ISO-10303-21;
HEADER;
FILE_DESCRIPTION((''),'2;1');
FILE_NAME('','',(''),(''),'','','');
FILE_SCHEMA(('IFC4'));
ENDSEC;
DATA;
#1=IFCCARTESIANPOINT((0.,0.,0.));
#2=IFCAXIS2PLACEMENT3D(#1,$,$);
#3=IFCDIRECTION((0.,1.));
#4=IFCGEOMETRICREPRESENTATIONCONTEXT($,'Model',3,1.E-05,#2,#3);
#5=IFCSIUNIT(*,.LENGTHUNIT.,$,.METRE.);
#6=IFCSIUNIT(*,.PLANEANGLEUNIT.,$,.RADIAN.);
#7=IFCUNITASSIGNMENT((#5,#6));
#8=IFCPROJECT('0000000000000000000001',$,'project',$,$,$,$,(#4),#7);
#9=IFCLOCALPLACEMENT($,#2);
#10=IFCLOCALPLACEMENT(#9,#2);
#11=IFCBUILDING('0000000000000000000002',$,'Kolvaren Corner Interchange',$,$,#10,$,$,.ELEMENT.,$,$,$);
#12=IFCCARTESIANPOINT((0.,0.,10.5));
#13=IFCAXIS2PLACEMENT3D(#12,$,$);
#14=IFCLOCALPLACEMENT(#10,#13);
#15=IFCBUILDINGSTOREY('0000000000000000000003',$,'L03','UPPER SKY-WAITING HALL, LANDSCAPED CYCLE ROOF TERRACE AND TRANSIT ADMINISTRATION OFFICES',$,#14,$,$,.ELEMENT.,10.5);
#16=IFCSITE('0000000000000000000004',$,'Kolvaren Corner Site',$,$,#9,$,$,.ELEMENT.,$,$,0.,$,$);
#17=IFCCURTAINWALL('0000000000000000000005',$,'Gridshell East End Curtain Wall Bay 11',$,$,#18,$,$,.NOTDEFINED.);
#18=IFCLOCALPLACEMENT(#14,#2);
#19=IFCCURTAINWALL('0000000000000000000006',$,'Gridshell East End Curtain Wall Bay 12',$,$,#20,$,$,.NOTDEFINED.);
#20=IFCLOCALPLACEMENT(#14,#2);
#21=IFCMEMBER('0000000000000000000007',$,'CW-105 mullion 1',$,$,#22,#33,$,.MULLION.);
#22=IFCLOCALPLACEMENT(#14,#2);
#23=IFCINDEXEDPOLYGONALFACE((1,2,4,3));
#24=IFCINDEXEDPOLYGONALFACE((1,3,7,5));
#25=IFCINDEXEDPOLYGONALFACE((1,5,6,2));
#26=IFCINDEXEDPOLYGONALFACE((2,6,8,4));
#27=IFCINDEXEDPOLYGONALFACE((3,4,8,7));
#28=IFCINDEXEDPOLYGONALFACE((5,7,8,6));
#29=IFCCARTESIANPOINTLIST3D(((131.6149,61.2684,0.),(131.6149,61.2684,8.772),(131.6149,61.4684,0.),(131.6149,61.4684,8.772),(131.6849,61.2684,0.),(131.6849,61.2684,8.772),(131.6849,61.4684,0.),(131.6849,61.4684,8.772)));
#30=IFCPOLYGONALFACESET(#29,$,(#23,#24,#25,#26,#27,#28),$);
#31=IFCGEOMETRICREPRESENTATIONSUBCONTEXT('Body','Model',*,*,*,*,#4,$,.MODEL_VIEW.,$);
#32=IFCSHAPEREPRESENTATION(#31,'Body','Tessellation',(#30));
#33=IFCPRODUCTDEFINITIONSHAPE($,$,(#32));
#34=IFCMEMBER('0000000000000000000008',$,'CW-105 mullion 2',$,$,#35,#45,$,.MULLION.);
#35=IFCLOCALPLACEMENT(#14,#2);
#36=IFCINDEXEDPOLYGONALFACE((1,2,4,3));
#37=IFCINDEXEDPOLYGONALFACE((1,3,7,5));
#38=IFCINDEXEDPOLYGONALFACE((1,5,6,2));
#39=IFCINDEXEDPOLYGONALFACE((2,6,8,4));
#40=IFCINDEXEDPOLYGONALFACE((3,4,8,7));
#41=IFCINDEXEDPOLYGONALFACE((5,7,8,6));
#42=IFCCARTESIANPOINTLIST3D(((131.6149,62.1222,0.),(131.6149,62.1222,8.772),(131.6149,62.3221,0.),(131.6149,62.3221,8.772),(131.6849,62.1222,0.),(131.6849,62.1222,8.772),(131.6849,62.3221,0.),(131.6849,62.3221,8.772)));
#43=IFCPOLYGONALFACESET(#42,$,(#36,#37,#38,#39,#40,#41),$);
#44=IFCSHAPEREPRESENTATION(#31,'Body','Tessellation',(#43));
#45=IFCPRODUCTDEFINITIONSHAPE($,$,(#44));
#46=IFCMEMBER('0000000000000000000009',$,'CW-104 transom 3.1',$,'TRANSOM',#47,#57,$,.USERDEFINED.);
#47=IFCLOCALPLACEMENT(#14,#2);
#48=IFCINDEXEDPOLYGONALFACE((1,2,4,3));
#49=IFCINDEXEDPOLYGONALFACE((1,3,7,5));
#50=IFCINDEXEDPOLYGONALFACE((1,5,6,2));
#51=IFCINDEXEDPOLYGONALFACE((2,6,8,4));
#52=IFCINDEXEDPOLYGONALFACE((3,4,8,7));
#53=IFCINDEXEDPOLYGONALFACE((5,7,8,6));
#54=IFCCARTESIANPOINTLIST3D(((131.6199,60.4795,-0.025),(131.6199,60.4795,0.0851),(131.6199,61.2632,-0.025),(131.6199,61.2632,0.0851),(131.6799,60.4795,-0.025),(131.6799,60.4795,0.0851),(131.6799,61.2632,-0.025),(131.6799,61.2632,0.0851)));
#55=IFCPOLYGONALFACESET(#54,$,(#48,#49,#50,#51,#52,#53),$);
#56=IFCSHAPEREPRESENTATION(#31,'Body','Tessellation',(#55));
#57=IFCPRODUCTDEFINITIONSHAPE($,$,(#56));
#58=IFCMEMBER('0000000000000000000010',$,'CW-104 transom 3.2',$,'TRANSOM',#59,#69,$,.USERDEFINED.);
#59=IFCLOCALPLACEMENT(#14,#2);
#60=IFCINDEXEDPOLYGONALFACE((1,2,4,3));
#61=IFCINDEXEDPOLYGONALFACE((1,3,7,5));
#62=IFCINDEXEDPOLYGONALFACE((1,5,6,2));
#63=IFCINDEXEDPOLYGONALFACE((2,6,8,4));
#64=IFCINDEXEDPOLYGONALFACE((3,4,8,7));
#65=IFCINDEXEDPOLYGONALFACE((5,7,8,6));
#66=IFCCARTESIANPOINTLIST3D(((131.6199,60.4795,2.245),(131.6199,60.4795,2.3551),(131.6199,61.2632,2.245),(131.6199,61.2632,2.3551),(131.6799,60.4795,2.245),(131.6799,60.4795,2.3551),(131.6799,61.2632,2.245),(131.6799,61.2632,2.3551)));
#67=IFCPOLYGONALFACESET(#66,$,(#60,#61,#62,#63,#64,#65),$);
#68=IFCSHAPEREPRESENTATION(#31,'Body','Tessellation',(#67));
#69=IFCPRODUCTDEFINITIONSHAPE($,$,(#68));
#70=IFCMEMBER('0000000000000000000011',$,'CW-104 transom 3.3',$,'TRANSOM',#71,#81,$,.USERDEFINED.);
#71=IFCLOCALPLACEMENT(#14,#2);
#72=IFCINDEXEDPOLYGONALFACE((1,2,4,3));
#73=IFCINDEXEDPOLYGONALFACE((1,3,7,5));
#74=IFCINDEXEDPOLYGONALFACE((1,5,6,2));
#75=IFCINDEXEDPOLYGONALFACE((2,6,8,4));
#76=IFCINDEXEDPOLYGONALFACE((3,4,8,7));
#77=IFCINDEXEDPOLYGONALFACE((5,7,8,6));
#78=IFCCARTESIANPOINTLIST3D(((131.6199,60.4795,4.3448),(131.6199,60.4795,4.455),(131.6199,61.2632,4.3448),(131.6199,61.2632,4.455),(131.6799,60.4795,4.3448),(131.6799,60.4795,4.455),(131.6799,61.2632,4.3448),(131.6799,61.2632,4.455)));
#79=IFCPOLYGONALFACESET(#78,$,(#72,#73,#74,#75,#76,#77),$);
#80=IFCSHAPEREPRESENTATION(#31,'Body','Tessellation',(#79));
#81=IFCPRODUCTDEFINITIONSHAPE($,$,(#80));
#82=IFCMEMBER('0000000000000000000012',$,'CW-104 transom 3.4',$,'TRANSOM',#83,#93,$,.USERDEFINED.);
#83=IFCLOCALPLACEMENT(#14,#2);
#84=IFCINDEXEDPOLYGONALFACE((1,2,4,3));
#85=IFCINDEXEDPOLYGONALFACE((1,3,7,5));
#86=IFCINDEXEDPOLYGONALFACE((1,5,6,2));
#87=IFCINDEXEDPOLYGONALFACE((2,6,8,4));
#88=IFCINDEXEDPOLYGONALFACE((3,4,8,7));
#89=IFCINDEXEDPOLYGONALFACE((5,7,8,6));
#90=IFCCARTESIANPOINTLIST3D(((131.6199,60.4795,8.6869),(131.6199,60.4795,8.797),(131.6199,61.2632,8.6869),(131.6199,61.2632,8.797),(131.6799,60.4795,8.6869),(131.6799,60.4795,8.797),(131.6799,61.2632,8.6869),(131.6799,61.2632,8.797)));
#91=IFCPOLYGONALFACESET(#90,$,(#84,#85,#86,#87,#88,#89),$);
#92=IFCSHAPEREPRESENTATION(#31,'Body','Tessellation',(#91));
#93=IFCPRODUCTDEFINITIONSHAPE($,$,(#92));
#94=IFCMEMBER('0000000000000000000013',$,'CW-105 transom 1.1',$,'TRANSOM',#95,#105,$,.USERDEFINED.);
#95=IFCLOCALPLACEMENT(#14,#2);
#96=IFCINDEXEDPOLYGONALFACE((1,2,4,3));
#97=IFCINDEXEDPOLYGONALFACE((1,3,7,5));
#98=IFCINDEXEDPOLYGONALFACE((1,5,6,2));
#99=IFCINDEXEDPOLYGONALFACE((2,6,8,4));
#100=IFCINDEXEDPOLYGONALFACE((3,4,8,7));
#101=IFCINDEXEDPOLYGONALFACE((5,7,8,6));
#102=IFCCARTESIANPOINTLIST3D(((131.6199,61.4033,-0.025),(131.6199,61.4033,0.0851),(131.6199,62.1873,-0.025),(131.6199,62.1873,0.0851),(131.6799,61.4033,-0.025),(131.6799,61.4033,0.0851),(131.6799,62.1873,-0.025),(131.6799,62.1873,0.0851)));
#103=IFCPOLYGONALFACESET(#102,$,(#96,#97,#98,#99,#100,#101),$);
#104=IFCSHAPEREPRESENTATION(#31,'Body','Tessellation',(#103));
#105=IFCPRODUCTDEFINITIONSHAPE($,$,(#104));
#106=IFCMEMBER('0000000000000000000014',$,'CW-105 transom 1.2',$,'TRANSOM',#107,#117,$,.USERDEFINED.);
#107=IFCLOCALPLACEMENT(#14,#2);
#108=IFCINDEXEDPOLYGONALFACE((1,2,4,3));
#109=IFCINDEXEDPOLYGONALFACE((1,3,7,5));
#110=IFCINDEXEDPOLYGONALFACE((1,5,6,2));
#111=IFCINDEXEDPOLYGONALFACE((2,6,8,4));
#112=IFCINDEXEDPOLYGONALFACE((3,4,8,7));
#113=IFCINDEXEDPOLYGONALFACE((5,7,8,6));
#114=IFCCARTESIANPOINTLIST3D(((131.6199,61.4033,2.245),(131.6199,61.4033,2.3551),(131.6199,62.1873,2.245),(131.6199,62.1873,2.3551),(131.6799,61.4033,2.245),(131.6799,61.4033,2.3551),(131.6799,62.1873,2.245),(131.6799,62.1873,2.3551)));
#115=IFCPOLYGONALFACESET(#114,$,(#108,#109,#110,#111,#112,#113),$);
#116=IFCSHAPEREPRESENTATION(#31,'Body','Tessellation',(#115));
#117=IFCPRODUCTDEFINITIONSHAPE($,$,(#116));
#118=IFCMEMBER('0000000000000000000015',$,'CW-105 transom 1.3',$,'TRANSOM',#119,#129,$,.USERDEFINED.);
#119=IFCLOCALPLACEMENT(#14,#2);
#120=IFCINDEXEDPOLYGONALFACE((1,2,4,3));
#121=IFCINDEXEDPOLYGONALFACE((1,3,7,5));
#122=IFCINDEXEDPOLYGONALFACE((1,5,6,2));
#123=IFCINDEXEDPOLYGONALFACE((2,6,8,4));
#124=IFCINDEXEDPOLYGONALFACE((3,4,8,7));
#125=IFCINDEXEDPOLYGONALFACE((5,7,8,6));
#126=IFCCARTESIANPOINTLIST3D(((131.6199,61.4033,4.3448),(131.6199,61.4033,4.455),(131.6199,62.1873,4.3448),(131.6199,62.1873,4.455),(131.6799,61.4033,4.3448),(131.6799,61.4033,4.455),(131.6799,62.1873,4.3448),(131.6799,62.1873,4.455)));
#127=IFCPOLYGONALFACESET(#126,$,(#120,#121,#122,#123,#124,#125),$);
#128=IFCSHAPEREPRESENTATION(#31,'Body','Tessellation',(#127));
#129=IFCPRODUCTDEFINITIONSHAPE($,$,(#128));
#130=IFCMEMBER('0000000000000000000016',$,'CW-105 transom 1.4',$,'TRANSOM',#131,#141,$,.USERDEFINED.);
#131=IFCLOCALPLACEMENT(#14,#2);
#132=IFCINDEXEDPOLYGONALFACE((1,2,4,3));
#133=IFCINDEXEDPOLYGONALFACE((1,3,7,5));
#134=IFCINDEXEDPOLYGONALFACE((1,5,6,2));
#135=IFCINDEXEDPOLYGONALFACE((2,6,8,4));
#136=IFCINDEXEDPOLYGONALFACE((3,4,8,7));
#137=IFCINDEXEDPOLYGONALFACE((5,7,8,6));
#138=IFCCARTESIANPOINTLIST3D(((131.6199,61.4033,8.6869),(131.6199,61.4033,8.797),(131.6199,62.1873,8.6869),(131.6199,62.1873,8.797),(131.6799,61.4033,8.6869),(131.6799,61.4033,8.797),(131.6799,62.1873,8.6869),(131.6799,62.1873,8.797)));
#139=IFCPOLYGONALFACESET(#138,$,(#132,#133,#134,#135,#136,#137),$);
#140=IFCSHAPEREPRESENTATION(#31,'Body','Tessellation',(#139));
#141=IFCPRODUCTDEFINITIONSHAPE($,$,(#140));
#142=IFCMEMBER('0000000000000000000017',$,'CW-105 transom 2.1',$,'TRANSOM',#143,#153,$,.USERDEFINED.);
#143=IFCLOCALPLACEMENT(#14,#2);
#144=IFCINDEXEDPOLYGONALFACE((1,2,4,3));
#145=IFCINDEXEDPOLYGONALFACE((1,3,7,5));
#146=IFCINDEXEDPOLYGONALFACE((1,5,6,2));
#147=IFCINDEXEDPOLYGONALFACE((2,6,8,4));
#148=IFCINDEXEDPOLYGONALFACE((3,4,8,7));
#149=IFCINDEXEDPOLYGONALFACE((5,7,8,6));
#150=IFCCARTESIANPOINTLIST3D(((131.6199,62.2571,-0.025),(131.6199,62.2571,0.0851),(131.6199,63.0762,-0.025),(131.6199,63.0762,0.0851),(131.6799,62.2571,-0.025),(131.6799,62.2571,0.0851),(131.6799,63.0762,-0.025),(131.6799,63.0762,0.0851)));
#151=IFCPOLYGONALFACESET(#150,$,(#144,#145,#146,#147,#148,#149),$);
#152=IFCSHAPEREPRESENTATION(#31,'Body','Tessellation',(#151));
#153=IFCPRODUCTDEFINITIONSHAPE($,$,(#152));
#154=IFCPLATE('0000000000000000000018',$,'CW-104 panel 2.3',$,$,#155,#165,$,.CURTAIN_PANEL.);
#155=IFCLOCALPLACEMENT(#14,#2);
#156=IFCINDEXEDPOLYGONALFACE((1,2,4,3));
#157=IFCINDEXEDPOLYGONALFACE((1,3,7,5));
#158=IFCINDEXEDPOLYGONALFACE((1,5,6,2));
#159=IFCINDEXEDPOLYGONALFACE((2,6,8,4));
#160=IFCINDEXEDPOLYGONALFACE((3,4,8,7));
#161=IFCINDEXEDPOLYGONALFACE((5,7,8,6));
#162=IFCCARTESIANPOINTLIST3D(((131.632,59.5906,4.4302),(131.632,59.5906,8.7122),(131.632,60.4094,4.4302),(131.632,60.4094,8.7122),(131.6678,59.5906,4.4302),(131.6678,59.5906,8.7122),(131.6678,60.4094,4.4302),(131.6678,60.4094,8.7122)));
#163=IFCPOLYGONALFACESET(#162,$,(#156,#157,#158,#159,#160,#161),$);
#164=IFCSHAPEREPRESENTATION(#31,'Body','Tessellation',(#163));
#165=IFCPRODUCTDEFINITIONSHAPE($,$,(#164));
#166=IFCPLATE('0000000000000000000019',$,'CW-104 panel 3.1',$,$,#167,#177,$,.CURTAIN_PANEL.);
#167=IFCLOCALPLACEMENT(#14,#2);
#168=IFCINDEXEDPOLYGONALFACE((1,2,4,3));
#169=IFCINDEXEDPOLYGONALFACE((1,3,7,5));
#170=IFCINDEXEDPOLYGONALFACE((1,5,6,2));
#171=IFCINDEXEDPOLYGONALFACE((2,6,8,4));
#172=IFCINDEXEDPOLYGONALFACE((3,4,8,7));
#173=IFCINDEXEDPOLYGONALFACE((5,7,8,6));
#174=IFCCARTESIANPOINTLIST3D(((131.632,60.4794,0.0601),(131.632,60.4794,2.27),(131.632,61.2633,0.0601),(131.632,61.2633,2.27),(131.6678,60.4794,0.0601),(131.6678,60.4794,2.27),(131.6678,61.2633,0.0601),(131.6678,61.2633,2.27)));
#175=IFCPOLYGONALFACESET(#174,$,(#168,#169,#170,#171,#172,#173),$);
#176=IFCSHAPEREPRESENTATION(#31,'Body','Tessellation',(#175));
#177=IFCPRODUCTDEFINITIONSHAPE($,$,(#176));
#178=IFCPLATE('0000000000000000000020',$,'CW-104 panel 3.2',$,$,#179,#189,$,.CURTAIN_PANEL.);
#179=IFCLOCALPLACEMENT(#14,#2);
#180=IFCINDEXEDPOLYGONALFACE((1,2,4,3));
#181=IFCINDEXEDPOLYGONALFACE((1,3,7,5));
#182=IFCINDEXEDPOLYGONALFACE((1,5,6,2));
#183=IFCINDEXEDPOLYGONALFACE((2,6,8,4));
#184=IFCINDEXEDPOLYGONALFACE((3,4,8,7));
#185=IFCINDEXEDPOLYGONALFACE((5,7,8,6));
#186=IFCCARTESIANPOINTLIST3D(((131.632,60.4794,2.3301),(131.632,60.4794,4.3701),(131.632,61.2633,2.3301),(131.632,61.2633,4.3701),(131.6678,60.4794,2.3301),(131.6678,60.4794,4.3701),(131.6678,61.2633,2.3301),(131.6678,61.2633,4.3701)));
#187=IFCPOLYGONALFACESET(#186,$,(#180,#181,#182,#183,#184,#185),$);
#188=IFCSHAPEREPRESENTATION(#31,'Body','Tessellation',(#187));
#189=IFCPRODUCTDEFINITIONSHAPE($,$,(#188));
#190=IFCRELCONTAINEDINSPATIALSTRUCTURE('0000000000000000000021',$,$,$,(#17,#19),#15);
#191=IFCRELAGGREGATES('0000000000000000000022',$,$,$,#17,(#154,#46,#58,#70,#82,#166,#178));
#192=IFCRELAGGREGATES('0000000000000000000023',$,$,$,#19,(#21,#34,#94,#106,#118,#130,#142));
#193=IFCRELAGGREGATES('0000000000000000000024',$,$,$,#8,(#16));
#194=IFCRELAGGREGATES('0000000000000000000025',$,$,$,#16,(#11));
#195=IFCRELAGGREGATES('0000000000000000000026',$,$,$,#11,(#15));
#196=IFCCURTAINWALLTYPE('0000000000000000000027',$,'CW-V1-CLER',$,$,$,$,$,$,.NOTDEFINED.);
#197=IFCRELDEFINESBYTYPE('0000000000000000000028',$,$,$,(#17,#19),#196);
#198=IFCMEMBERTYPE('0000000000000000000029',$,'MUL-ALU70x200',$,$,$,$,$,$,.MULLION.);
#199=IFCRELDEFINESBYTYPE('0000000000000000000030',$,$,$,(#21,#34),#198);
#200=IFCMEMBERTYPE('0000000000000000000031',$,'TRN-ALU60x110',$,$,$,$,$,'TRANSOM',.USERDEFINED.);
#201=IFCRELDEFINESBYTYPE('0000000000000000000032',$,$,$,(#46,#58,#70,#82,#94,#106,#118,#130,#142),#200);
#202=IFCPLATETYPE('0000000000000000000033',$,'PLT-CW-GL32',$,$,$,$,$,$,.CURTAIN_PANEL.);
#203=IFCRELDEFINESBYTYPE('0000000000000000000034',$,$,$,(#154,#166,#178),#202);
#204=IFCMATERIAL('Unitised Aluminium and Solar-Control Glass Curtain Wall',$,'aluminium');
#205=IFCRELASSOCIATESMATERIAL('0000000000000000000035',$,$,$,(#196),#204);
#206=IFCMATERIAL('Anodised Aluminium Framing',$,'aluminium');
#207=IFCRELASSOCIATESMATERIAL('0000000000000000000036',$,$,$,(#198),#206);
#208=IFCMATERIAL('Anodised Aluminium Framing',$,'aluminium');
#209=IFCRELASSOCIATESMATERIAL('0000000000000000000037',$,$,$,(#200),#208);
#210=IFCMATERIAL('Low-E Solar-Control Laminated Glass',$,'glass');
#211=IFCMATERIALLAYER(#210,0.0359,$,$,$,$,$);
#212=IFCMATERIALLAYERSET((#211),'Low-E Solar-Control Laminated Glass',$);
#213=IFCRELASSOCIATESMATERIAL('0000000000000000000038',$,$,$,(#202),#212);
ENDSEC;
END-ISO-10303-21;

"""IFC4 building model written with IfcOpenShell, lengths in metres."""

from ifc_helpers import new_model, si_unit, direction, frame, origin, origin_2d, place, context, subcontext, project, spatial, rectangle, extrude, material, layer, layer_set, material_profile, profile_set, type_object, element, aggregate, save


model = new_model("IFC4")

# Units and contexts
model_context = context("Model", 3, precision=1e-05, world=origin(), true_north=direction((0.0, 1.0)))
body_context = subcontext(model_context, "Body", "Model", "MODEL_VIEW")
ifc_project = project(units=[si_unit("LENGTHUNIT", "METRE"), si_unit("PLANEANGLEUNIT", "RADIAN")], contexts=[model_context])

# Site, building, storey
site_placement = place(None, origin())
site = spatial("IfcSite", under=ifc_project, at=site_placement, Name="Kolvaren Corner Site", CompositionType="ELEMENT", RefElevation=0.0)
building_placement = place(site_placement, origin())
building = spatial("IfcBuilding", under=site, at=building_placement, Name="Kolvaren Corner Interchange", CompositionType="ELEMENT")
storey_placement = place(building_placement, frame((0.0, 0.0, 10.5)))
storey = spatial("IfcBuildingStorey", under=building, at=storey_placement, Name="L03", Description="UPPER SKY-WAITING HALL, LANDSCAPED CYCLE ROOF TERRACE AND TRANSIT ADMINISTRATION OFFICES", CompositionType="ELEMENT", Elevation=10.5)

# Curtain walls, members
ifc_material_1 = material(Name="Unitised Aluminium and Solar-Control Glass Curtain Wall", Category="aluminium")
curtain_wall_type = type_object("IfcCurtainWallType", Name="CW-V1-CLER", PredefinedType="NOTDEFINED", material=ifc_material_1)
curtain_wall_1_placement = place(storey_placement, origin())
curtain_wall_1 = element("IfcCurtainWall", 1, at=curtain_wall_1_placement, inside=storey, type_object=curtain_wall_type, Name="Gridshell East End Curtain Wall Bay 11", PredefinedType="NOTDEFINED")
ifc_material_2 = material(Name="Anodised Aluminium Framing", Category="aluminium")
ifc_material_profile_1 = material_profile(ifc_material_2, rectangle(XDim=0.0701, YDim=0.2, at=origin_2d()), Name="ALU 70x200")
ifc_profile_set_1 = profile_set([ifc_material_profile_1], Name="Anodised Aluminium Framing")
member_type_1 = type_object("IfcMemberType", Name="MUL-ALU70x200", PredefinedType="MULLION", material=ifc_profile_set_1)
curtain_wall_2_placement = place(storey_placement, origin())
curtain_wall_2 = element("IfcCurtainWall", 2, at=curtain_wall_2_placement, inside=storey, type_object=curtain_wall_type, Name="Gridshell East End Curtain Wall Bay 12", PredefinedType="NOTDEFINED")
member_1_placement = place(storey_placement, frame((131.6499, 61.3684, 0.0), z_axis=(0.0, 0.0, 1.0), x_axis=(-1.0, 0.0, 0.0)))
member_1 = element("IfcMember", 3, at=member_1_placement, type_object=member_type_1, Name="CW-105 mullion 1", PredefinedType="MULLION", context=body_context, shape_type="SweptSolid", body=[
    extrude(rectangle(XDim=0.0701, YDim=0.2, at=origin_2d()), origin(), (0.0, 0.0, 1.0), 8.772),
])
member_2_placement = place(storey_placement, frame((131.6499, 62.2222, 0.0), z_axis=(0.0, 0.0, 1.0), x_axis=(-1.0, 0.0, 0.0)))
member_2 = element("IfcMember", 4, at=member_2_placement, type_object=member_type_1, Name="CW-105 mullion 2", PredefinedType="MULLION", context=body_context, shape_type="SweptSolid", body=[
    extrude(rectangle(XDim=0.0701, YDim=0.2, at=origin_2d()), origin(), (0.0, 0.0, 1.0), 8.772),
])

# Members
ifc_material_3 = material(Name="Anodised Aluminium Framing", Category="aluminium")
ifc_material_profile_2 = material_profile(ifc_material_3, rectangle(XDim=0.0601, YDim=0.1101, at=origin_2d()), Name="ALU 60x110")
ifc_profile_set_2 = profile_set([ifc_material_profile_2], Name="Anodised Aluminium Framing")
member_type_2 = type_object("IfcMemberType", Name="TRN-ALU60x110", ElementType="TRANSOM", PredefinedType="USERDEFINED", material=ifc_profile_set_2)
member_3_placement = place(storey_placement, frame((131.6499, 60.4795, 0.03), z_axis=(0.0, 1.0, 0.0), x_axis=(-1.0, 0.0, 0.0)))
member_3 = element("IfcMember", 5, at=member_3_placement, type_object=member_type_2, Name="CW-104 transom 3.1", ObjectType="TRANSOM", PredefinedType="USERDEFINED", context=body_context, shape_type="SweptSolid", body=[
    extrude(rectangle(XDim=0.0601, YDim=0.1101, at=origin_2d()), origin(), (0.0, 0.0, 1.0), 0.7837),
])
member_4_placement = place(storey_placement, frame((131.6499, 60.4795, 2.3), z_axis=(0.0, 1.0, 0.0), x_axis=(-1.0, 0.0, 0.0)))
member_4 = element("IfcMember", 6, at=member_4_placement, type_object=member_type_2, Name="CW-104 transom 3.2", ObjectType="TRANSOM", PredefinedType="USERDEFINED", context=body_context, shape_type="SweptSolid", body=[
    extrude(rectangle(XDim=0.0601, YDim=0.1101, at=origin_2d()), origin(), (0.0, 0.0, 1.0), 0.7837),
])
member_5_placement = place(storey_placement, frame((131.6499, 60.4795, 4.3999), z_axis=(0.0, 1.0, 0.0), x_axis=(-1.0, 0.0, 0.0)))
member_5 = element("IfcMember", 7, at=member_5_placement, type_object=member_type_2, Name="CW-104 transom 3.3", ObjectType="TRANSOM", PredefinedType="USERDEFINED", context=body_context, shape_type="SweptSolid", body=[
    extrude(rectangle(XDim=0.0601, YDim=0.1101, at=origin_2d()), origin(), (0.0, 0.0, 1.0), 0.7837),
])
member_6_placement = place(storey_placement, frame((131.6499, 60.4795, 8.7419), z_axis=(0.0, 1.0, 0.0), x_axis=(-1.0, 0.0, 0.0)))
member_6 = element("IfcMember", 8, at=member_6_placement, type_object=member_type_2, Name="CW-104 transom 3.4", ObjectType="TRANSOM", PredefinedType="USERDEFINED", context=body_context, shape_type="SweptSolid", body=[
    extrude(rectangle(XDim=0.0601, YDim=0.1101, at=origin_2d()), origin(), (0.0, 0.0, 1.0), 0.7837),
])
member_7_placement = place(storey_placement, frame((131.6499, 61.4033, 0.03), z_axis=(0.0, 1.0, 0.0), x_axis=(-1.0, 0.0, 0.0)))
member_7 = element("IfcMember", 9, at=member_7_placement, type_object=member_type_2, Name="CW-105 transom 1.1", ObjectType="TRANSOM", PredefinedType="USERDEFINED", context=body_context, shape_type="SweptSolid", body=[
    extrude(rectangle(XDim=0.0601, YDim=0.1101, at=origin_2d()), origin(), (0.0, 0.0, 1.0), 0.7839),
])
member_8_placement = place(storey_placement, frame((131.6499, 61.4033, 2.3), z_axis=(0.0, 1.0, 0.0), x_axis=(-1.0, 0.0, 0.0)))
member_8 = element("IfcMember", 10, at=member_8_placement, type_object=member_type_2, Name="CW-105 transom 1.2", ObjectType="TRANSOM", PredefinedType="USERDEFINED", context=body_context, shape_type="SweptSolid", body=[
    extrude(rectangle(XDim=0.0601, YDim=0.1101, at=origin_2d()), origin(), (0.0, 0.0, 1.0), 0.7839),
])
member_9_placement = place(storey_placement, frame((131.6499, 61.4033, 4.3999), z_axis=(0.0, 1.0, 0.0), x_axis=(-1.0, 0.0, 0.0)))
member_9 = element("IfcMember", 11, at=member_9_placement, type_object=member_type_2, Name="CW-105 transom 1.3", ObjectType="TRANSOM", PredefinedType="USERDEFINED", context=body_context, shape_type="SweptSolid", body=[
    extrude(rectangle(XDim=0.0601, YDim=0.1101, at=origin_2d()), origin(), (0.0, 0.0, 1.0), 0.7839),
])
member_10_placement = place(storey_placement, frame((131.6499, 61.4033, 8.7419), z_axis=(0.0, 1.0, 0.0), x_axis=(-1.0, 0.0, 0.0)))
member_10 = element("IfcMember", 12, at=member_10_placement, type_object=member_type_2, Name="CW-105 transom 1.4", ObjectType="TRANSOM", PredefinedType="USERDEFINED", context=body_context, shape_type="SweptSolid", body=[
    extrude(rectangle(XDim=0.0601, YDim=0.1101, at=origin_2d()), origin(), (0.0, 0.0, 1.0), 0.7839),
])
member_11_placement = place(storey_placement, frame((131.6499, 62.2571, 0.03), z_axis=(0.0, 1.0, 0.0), x_axis=(-1.0, 0.0, 0.0)))
member_11 = element("IfcMember", 13, at=member_11_placement, type_object=member_type_2, Name="CW-105 transom 2.1", ObjectType="TRANSOM", PredefinedType="USERDEFINED", context=body_context, shape_type="SweptSolid", body=[
    extrude(rectangle(XDim=0.0601, YDim=0.1101, at=origin_2d()), origin(), (0.0, 0.0, 1.0), 0.8191),
])

# Plates
ifc_material_4 = material(Name="Low-E Solar-Control Laminated Glass", Category="glass")
ifc_layer = layer(ifc_material_4, 0.0359)
ifc_layer_set = layer_set([ifc_layer], Name="Low-E Solar-Control Laminated Glass")
plate_type = type_object("IfcPlateType", Name="PLT-CW-GL32", PredefinedType="CURTAIN_PANEL", material=ifc_layer_set)
plate_1_placement = place(storey_placement, frame((131.6499, 60.0, 4.4302), z_axis=(0.0, 0.0, 1.0), x_axis=(0.0, 1.0, 0.0)))
plate_1 = element("IfcPlate", 14, at=plate_1_placement, type_object=plate_type, Name="CW-104 panel 2.3", PredefinedType="CURTAIN_PANEL", context=body_context, shape_type="SweptSolid", body=[
    extrude(rectangle(XDim=0.8188, YDim=0.0359, at=origin_2d()), origin(), (0.0, 0.0, 1.0), 4.282),
])
plate_2_placement = place(storey_placement, frame((131.6499, 60.8713, 0.0601), z_axis=(0.0, 0.0, 1.0), x_axis=(0.0, 1.0, 0.0)))
plate_2 = element("IfcPlate", 15, at=plate_2_placement, type_object=plate_type, Name="CW-104 panel 3.1", PredefinedType="CURTAIN_PANEL", context=body_context, shape_type="SweptSolid", body=[
    extrude(rectangle(XDim=0.7839, YDim=0.0359, at=origin_2d()), origin(), (0.0, 0.0, 1.0), 2.21),
])
plate_3_placement = place(storey_placement, frame((131.6499, 60.8713, 2.3301), z_axis=(0.0, 0.0, 1.0), x_axis=(0.0, 1.0, 0.0)))
plate_3 = element("IfcPlate", 16, at=plate_3_placement, type_object=plate_type, Name="CW-104 panel 3.2", PredefinedType="CURTAIN_PANEL", context=body_context, shape_type="SweptSolid", body=[
    extrude(rectangle(XDim=0.7839, YDim=0.0359, at=origin_2d()), origin(), (0.0, 0.0, 1.0), 2.04),
])
aggregate(curtain_wall_1, [plate_1, member_3, member_4, member_5, member_6, plate_2, plate_3])
aggregate(curtain_wall_2, [member_1, member_2, member_7, member_8, member_9, member_10, member_11])

save(model, "model.ifc")
